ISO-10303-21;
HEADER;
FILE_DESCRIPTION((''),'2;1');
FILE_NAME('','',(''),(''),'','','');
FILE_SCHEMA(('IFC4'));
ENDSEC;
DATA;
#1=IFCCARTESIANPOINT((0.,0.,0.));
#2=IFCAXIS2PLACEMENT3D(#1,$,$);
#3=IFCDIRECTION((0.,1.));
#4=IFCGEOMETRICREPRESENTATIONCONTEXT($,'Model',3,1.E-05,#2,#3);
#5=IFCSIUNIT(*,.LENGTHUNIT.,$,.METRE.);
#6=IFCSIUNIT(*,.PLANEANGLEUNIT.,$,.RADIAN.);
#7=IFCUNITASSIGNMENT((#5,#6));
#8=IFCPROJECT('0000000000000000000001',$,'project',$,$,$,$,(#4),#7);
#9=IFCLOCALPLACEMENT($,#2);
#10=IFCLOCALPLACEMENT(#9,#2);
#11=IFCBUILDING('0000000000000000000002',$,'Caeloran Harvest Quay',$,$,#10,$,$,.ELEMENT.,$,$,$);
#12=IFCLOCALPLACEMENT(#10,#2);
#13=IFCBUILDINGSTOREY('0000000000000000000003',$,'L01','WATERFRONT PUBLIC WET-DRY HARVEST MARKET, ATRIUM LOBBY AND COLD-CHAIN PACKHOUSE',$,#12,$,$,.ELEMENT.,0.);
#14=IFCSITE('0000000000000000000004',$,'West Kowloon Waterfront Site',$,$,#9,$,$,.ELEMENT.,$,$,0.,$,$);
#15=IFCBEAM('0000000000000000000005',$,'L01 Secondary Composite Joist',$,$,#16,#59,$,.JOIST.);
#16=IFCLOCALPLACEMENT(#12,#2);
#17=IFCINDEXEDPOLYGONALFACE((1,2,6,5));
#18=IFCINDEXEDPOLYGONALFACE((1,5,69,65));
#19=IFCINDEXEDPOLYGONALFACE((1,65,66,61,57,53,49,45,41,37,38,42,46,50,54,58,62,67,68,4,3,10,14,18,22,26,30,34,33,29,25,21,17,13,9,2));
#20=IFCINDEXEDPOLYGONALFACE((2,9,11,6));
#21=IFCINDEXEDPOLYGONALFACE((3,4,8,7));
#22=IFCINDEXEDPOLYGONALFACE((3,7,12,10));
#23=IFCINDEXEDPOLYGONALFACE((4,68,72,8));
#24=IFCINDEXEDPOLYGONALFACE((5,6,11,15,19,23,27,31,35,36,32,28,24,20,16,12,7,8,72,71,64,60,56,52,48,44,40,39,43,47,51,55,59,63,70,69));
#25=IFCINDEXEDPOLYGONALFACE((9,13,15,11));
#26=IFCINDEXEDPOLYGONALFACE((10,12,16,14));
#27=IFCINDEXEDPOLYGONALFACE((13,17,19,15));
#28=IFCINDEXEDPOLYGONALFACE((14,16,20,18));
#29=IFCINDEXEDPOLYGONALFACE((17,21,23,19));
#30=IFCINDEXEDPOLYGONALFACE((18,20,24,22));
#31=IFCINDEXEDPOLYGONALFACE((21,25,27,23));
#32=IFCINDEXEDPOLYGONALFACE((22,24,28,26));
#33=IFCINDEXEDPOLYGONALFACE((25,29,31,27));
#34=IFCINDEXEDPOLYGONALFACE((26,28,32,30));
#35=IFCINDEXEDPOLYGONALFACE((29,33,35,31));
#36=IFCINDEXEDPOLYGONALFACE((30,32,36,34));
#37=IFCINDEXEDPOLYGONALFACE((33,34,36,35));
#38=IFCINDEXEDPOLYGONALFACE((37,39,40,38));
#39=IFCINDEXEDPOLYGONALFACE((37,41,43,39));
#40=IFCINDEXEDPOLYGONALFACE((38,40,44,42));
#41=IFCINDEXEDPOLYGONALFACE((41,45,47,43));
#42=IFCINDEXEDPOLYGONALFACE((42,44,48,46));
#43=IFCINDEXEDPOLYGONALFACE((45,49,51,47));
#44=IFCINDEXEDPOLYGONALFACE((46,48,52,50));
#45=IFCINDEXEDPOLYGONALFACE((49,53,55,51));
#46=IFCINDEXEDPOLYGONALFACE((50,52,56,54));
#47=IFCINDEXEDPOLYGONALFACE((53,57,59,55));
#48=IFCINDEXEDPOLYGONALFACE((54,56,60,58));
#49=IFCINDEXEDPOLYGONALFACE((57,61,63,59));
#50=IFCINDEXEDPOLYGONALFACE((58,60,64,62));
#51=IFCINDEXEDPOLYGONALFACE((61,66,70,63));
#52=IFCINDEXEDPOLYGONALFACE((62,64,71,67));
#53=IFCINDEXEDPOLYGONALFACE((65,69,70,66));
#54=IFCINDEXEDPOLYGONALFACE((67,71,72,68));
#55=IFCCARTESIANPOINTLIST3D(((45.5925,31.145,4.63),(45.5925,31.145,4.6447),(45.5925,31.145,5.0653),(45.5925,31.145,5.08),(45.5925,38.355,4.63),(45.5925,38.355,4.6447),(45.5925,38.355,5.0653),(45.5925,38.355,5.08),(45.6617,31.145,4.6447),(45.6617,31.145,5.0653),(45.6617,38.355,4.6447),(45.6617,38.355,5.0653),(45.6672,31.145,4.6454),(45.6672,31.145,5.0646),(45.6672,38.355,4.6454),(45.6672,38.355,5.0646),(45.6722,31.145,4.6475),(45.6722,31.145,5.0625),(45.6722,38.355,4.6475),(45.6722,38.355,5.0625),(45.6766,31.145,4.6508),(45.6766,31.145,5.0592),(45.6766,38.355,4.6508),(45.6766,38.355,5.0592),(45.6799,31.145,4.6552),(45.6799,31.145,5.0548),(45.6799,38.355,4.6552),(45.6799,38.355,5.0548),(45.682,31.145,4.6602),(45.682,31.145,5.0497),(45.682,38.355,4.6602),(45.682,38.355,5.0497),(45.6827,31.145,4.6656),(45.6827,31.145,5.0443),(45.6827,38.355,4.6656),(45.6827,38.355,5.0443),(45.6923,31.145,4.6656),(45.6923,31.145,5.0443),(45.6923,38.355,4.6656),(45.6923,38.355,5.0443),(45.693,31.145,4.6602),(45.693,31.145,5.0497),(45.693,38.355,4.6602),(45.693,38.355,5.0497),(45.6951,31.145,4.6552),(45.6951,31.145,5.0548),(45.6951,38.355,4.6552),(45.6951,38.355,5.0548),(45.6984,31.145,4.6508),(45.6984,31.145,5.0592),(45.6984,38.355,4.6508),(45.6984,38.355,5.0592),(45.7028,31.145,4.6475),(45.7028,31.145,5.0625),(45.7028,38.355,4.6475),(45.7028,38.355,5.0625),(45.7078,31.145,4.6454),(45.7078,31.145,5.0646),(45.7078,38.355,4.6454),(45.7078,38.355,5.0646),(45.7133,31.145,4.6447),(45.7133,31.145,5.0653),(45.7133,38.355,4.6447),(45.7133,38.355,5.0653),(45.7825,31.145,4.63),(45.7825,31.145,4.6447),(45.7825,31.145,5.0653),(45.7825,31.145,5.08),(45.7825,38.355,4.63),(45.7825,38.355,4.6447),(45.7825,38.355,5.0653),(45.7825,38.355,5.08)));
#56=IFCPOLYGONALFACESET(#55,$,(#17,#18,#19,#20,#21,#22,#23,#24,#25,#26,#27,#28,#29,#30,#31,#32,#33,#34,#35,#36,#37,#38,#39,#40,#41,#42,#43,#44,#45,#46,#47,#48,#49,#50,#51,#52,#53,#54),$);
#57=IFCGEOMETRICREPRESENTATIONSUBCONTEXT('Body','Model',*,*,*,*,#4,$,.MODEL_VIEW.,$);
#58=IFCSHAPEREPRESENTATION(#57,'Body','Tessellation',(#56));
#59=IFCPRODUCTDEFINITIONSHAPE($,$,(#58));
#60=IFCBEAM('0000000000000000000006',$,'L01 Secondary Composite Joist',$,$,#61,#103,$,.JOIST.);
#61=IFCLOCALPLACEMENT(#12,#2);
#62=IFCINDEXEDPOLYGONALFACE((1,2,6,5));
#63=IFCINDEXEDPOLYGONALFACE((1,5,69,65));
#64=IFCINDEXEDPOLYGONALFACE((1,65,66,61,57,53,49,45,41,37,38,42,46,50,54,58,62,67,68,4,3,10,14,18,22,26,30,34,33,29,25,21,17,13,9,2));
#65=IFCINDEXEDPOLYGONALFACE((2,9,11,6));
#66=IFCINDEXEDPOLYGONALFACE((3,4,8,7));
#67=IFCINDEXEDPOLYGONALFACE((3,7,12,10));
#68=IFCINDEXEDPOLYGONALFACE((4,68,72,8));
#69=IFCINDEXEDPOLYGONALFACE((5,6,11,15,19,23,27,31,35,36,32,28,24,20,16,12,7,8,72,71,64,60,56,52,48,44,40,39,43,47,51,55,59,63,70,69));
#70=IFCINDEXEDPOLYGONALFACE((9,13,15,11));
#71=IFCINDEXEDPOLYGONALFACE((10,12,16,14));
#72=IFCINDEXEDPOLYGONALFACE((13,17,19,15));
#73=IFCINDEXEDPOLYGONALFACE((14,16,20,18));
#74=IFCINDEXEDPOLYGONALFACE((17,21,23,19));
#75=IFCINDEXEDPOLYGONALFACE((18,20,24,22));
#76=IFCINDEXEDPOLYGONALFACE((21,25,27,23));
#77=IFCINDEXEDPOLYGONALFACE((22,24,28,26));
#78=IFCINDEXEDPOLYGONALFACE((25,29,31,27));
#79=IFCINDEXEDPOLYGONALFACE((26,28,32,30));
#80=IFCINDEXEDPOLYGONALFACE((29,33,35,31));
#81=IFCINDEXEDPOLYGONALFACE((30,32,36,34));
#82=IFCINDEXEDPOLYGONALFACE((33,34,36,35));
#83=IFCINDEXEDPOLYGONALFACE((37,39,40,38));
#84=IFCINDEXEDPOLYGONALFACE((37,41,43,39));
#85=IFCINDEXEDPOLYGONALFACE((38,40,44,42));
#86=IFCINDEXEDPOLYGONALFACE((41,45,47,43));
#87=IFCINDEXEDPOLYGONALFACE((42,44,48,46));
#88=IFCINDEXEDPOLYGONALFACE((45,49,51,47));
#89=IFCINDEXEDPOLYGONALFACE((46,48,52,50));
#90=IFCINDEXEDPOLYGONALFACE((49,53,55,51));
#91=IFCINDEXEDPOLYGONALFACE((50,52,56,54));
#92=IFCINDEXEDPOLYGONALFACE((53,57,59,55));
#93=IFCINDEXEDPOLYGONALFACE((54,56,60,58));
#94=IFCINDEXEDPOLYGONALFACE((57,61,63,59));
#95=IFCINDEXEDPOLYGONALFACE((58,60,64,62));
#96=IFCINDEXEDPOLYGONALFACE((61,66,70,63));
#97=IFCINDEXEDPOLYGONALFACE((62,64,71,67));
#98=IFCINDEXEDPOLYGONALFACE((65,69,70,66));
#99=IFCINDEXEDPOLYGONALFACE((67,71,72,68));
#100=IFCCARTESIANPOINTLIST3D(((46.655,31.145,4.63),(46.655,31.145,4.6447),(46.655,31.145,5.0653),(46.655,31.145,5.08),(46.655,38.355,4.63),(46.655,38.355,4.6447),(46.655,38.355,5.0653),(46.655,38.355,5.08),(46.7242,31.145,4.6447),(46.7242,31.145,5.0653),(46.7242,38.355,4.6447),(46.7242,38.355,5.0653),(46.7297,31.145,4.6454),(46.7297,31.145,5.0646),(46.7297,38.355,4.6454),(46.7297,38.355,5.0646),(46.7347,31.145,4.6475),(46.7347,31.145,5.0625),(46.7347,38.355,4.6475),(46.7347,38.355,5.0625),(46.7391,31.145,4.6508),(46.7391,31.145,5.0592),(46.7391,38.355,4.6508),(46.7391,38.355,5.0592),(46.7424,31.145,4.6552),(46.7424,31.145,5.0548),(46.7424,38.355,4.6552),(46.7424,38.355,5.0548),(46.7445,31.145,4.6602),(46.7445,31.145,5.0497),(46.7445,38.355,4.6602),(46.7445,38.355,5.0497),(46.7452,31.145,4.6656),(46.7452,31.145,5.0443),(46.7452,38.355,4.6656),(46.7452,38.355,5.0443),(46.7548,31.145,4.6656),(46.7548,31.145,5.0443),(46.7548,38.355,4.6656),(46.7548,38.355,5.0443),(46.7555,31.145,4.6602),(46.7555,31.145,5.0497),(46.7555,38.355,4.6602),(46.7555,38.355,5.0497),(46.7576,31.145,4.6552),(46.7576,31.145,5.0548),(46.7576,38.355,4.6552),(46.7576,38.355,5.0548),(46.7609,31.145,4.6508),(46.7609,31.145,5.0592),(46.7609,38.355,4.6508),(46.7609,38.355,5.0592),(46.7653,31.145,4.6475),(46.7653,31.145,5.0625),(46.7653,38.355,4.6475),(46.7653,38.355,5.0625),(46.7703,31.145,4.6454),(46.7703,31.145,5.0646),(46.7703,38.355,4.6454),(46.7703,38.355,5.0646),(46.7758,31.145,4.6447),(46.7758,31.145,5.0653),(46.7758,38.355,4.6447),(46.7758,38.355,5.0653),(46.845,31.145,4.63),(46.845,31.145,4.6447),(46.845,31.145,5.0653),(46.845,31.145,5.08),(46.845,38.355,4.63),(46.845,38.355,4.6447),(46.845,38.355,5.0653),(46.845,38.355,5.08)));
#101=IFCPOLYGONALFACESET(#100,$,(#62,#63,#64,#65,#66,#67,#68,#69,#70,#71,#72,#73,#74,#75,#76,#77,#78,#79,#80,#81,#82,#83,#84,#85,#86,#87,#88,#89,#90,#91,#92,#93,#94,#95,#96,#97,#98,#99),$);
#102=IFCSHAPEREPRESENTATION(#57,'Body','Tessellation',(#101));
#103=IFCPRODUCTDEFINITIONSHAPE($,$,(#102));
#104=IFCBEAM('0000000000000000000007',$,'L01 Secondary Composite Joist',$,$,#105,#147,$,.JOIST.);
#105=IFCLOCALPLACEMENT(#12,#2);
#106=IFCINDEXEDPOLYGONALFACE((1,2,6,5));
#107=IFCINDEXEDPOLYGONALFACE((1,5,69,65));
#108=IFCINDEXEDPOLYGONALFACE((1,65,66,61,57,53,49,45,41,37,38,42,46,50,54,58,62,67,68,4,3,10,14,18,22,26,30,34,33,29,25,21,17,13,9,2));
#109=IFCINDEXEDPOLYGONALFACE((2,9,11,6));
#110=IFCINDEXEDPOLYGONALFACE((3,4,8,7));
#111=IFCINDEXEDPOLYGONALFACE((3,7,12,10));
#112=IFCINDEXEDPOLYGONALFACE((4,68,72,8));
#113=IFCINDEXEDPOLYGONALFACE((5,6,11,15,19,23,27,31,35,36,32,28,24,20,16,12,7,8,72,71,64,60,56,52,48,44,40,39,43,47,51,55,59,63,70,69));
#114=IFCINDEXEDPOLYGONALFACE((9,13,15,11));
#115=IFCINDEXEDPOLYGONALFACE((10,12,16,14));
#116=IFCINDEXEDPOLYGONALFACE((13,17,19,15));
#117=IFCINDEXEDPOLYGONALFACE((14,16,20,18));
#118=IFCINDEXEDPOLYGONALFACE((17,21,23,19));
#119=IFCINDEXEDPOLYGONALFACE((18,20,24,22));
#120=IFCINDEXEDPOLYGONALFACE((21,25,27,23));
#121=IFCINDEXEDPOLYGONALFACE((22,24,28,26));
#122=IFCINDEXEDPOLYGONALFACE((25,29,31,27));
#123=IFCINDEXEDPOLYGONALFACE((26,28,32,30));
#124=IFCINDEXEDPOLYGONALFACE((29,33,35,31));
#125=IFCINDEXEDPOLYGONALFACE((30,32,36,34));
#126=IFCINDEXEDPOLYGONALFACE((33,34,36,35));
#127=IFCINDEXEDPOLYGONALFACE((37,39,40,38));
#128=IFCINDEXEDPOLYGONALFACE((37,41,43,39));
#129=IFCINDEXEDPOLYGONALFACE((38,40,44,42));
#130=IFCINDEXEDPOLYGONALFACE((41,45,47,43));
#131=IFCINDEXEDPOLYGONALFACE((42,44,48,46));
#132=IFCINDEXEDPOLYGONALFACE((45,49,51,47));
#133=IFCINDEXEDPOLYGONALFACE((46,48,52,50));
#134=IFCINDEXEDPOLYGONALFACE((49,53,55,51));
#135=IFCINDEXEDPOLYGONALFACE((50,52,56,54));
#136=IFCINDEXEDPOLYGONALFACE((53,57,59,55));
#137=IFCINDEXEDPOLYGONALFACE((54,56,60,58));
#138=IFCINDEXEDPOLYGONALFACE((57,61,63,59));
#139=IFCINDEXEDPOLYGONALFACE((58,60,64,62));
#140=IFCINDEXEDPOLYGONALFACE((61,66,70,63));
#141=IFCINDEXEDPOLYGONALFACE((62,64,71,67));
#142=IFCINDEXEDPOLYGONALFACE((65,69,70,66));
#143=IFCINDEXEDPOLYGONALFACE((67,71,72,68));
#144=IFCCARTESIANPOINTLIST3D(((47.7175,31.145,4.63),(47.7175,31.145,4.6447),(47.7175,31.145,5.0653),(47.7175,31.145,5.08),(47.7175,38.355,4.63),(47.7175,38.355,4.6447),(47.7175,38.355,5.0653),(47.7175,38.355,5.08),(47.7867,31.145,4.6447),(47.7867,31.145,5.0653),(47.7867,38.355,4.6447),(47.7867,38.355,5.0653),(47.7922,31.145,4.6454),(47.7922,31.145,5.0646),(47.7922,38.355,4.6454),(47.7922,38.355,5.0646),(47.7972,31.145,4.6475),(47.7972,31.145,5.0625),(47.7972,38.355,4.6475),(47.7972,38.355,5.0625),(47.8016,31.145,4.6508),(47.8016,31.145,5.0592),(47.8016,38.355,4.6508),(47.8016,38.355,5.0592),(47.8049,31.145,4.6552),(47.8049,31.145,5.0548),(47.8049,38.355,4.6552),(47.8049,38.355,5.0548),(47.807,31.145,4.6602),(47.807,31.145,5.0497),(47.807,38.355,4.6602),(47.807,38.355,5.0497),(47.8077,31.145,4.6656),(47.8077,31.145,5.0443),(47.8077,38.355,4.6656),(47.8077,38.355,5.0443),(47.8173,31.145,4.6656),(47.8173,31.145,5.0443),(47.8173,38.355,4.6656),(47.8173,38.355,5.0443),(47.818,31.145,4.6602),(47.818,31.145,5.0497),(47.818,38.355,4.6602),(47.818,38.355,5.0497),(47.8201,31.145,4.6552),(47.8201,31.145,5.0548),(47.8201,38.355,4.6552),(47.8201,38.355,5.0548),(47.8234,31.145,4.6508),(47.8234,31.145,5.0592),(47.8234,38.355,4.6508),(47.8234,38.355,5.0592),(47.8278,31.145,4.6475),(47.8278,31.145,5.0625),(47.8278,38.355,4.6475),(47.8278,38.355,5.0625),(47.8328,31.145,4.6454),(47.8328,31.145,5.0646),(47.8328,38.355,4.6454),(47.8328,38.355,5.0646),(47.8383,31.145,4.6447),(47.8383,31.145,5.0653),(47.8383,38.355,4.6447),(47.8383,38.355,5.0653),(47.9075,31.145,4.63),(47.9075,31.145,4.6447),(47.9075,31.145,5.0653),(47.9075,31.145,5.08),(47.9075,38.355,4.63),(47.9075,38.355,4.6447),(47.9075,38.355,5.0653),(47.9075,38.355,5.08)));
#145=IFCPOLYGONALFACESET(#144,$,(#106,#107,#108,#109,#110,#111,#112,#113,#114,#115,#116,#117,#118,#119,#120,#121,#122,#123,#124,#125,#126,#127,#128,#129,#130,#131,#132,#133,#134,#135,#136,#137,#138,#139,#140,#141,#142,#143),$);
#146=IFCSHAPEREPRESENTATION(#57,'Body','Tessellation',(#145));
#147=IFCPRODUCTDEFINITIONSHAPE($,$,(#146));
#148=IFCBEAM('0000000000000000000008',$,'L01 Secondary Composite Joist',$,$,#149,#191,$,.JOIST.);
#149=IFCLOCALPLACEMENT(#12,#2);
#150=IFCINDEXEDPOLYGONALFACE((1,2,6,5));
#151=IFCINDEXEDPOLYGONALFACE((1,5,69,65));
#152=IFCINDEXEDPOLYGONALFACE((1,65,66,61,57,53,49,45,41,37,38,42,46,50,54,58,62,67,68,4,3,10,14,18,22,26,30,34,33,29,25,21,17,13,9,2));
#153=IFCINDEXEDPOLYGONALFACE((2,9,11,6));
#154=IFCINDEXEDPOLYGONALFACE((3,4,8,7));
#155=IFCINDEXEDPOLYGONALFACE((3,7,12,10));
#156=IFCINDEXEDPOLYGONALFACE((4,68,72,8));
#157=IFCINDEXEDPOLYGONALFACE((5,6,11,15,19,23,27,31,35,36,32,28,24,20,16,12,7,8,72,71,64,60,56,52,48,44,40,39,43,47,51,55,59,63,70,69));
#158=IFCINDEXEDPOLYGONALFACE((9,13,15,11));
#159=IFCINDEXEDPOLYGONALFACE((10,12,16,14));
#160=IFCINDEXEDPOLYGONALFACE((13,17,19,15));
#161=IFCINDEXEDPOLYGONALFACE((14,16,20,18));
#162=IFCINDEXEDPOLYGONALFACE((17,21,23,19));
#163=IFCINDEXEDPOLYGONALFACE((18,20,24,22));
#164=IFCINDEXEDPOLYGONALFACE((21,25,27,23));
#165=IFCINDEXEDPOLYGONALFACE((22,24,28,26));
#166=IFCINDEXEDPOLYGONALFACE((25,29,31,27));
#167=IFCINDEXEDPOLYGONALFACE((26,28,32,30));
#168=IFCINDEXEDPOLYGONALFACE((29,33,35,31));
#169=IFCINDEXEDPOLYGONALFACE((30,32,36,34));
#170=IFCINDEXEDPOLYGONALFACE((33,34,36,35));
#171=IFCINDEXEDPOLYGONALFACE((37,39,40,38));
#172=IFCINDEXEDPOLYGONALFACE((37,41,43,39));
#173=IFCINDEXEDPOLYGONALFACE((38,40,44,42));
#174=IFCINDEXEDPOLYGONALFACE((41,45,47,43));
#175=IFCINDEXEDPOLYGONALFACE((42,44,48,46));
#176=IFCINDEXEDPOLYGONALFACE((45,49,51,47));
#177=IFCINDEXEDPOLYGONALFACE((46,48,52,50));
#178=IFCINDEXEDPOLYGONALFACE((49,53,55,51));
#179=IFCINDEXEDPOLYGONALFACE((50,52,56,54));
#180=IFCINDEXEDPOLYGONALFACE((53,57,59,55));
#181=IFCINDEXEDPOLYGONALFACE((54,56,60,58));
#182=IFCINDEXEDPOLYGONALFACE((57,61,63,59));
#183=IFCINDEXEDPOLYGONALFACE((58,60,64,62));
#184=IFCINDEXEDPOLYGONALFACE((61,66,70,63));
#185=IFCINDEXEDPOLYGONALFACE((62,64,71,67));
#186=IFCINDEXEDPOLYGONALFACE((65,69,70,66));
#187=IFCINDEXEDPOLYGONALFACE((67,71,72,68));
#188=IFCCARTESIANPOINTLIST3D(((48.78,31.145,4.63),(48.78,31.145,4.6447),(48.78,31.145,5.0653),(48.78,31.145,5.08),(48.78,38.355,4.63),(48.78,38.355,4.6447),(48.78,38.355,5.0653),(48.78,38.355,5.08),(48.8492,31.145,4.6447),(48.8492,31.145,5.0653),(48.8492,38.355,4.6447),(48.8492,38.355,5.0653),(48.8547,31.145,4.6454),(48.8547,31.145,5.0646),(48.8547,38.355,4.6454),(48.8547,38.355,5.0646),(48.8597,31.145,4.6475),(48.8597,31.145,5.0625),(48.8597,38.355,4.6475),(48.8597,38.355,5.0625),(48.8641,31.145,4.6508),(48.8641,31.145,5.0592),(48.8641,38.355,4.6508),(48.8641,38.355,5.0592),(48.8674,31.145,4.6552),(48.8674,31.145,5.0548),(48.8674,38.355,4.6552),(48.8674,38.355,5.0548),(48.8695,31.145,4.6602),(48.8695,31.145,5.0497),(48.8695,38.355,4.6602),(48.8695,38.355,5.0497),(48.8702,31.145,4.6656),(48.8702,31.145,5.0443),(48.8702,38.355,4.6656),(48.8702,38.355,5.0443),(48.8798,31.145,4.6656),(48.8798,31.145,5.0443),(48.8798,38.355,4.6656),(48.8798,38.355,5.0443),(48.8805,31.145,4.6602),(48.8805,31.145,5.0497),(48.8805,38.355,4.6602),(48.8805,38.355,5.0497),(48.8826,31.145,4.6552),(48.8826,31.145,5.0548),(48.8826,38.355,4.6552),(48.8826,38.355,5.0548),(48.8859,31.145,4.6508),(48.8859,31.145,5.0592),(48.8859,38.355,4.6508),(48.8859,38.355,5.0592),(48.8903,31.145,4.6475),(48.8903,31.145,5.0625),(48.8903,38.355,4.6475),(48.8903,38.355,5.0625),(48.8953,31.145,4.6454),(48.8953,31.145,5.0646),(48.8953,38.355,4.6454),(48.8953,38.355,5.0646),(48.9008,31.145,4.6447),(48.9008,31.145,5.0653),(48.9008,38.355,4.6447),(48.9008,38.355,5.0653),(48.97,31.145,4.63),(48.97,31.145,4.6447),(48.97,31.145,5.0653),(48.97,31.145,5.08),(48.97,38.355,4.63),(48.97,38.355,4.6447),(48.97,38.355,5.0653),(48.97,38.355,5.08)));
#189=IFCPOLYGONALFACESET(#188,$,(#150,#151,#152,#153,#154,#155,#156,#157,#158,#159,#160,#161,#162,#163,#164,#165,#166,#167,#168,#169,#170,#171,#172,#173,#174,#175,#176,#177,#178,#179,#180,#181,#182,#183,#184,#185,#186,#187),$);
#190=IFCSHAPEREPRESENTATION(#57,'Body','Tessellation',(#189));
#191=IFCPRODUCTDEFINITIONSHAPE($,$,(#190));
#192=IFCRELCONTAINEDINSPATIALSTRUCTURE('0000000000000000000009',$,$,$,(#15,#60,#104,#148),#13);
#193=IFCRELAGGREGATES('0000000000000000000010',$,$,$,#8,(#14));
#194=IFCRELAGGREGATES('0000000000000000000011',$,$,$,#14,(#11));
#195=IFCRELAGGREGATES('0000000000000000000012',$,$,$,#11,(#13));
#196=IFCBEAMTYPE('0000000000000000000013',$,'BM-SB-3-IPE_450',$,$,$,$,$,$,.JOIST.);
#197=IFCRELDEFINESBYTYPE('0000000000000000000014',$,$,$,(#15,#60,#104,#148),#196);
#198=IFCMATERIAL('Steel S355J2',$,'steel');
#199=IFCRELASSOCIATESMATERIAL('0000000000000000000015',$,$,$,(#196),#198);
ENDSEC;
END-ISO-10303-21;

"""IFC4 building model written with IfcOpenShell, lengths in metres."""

from ifc_helpers import new_model, si_unit, direction, frame, origin, origin_2d, place, context, subcontext, project, spatial, i_section, extrude, material, material_profile, profile_set, type_object, element, save


model = new_model("IFC4")

# Units and contexts
model_context = context("Model", 3, precision=1e-05, world=origin(), true_north=direction((0.0, 1.0)))
body_context = subcontext(model_context, "Body", "Model", "MODEL_VIEW")
ifc_project = project(units=[si_unit("LENGTHUNIT", "METRE"), si_unit("PLANEANGLEUNIT", "RADIAN")], contexts=[model_context])

# Site, building, storey
site_placement = place(None, origin())
site = spatial("IfcSite", under=ifc_project, at=site_placement, Name="West Kowloon Waterfront Site", CompositionType="ELEMENT", RefElevation=0.0)
building_placement = place(site_placement, origin())
building = spatial("IfcBuilding", under=site, at=building_placement, Name="Caeloran Harvest Quay", CompositionType="ELEMENT")
storey_placement = place(building_placement, origin())
storey = spatial("IfcBuildingStorey", under=building, at=storey_placement, Name="L01", Description="WATERFRONT PUBLIC WET-DRY HARVEST MARKET, ATRIUM LOBBY AND COLD-CHAIN PACKHOUSE", CompositionType="ELEMENT", Elevation=0.0)

# Beams
ifc_material_1 = material(Name="Steel S355J2", Category="steel")
ifc_material_profile_1 = material_profile(ifc_material_1, i_section(OverallWidth=0.1899, OverallDepth=0.45, WebThickness=0.0095, FlangeThickness=0.0146, FilletRadius=0.021, at=origin_2d()), Name="IPE 450")
ifc_profile_set_1 = profile_set([ifc_material_profile_1], Name="Steel S355J2")
beam_type_1 = type_object("IfcBeamType", Name="BM-SB-3-IPE_450", PredefinedType="JOIST", material=ifc_profile_set_1)
for number, where, z_axis, x_axis, name in (
    (1, (45.6875, 31.145, 4.855), (0.0, 1.0, 0.0), (-1.0, 0.0, 0.0), "L01 Secondary Composite Joist"),
    (2, (46.75, 31.145, 4.855), (0.0, 1.0, 0.0), (-1.0, 0.0, 0.0), "L01 Secondary Composite Joist"),
    (3, (47.8125, 31.145, 4.855), (0.0, 1.0, 0.0), (-1.0, 0.0, 0.0), "L01 Secondary Composite Joist"),
    (4, (48.875, 31.145, 4.855), (0.0, 1.0, 0.0), (-1.0, 0.0, 0.0), "L01 Secondary Composite Joist"),
):
    element("IfcBeam", number, at=place(storey_placement, frame(where, z_axis=z_axis, x_axis=x_axis)), inside=storey, type_object=beam_type_1, Name=name, PredefinedType="JOIST", context=body_context, shape_type="SweptSolid", body=[
        extrude(i_section(OverallWidth=0.1899, OverallDepth=0.45, WebThickness=0.0095, FlangeThickness=0.0146, FilletRadius=0.021, at=origin_2d()), origin(), (0.0, 0.0, 1.0), 7.21),
    ])

save(model, "model.ifc")
